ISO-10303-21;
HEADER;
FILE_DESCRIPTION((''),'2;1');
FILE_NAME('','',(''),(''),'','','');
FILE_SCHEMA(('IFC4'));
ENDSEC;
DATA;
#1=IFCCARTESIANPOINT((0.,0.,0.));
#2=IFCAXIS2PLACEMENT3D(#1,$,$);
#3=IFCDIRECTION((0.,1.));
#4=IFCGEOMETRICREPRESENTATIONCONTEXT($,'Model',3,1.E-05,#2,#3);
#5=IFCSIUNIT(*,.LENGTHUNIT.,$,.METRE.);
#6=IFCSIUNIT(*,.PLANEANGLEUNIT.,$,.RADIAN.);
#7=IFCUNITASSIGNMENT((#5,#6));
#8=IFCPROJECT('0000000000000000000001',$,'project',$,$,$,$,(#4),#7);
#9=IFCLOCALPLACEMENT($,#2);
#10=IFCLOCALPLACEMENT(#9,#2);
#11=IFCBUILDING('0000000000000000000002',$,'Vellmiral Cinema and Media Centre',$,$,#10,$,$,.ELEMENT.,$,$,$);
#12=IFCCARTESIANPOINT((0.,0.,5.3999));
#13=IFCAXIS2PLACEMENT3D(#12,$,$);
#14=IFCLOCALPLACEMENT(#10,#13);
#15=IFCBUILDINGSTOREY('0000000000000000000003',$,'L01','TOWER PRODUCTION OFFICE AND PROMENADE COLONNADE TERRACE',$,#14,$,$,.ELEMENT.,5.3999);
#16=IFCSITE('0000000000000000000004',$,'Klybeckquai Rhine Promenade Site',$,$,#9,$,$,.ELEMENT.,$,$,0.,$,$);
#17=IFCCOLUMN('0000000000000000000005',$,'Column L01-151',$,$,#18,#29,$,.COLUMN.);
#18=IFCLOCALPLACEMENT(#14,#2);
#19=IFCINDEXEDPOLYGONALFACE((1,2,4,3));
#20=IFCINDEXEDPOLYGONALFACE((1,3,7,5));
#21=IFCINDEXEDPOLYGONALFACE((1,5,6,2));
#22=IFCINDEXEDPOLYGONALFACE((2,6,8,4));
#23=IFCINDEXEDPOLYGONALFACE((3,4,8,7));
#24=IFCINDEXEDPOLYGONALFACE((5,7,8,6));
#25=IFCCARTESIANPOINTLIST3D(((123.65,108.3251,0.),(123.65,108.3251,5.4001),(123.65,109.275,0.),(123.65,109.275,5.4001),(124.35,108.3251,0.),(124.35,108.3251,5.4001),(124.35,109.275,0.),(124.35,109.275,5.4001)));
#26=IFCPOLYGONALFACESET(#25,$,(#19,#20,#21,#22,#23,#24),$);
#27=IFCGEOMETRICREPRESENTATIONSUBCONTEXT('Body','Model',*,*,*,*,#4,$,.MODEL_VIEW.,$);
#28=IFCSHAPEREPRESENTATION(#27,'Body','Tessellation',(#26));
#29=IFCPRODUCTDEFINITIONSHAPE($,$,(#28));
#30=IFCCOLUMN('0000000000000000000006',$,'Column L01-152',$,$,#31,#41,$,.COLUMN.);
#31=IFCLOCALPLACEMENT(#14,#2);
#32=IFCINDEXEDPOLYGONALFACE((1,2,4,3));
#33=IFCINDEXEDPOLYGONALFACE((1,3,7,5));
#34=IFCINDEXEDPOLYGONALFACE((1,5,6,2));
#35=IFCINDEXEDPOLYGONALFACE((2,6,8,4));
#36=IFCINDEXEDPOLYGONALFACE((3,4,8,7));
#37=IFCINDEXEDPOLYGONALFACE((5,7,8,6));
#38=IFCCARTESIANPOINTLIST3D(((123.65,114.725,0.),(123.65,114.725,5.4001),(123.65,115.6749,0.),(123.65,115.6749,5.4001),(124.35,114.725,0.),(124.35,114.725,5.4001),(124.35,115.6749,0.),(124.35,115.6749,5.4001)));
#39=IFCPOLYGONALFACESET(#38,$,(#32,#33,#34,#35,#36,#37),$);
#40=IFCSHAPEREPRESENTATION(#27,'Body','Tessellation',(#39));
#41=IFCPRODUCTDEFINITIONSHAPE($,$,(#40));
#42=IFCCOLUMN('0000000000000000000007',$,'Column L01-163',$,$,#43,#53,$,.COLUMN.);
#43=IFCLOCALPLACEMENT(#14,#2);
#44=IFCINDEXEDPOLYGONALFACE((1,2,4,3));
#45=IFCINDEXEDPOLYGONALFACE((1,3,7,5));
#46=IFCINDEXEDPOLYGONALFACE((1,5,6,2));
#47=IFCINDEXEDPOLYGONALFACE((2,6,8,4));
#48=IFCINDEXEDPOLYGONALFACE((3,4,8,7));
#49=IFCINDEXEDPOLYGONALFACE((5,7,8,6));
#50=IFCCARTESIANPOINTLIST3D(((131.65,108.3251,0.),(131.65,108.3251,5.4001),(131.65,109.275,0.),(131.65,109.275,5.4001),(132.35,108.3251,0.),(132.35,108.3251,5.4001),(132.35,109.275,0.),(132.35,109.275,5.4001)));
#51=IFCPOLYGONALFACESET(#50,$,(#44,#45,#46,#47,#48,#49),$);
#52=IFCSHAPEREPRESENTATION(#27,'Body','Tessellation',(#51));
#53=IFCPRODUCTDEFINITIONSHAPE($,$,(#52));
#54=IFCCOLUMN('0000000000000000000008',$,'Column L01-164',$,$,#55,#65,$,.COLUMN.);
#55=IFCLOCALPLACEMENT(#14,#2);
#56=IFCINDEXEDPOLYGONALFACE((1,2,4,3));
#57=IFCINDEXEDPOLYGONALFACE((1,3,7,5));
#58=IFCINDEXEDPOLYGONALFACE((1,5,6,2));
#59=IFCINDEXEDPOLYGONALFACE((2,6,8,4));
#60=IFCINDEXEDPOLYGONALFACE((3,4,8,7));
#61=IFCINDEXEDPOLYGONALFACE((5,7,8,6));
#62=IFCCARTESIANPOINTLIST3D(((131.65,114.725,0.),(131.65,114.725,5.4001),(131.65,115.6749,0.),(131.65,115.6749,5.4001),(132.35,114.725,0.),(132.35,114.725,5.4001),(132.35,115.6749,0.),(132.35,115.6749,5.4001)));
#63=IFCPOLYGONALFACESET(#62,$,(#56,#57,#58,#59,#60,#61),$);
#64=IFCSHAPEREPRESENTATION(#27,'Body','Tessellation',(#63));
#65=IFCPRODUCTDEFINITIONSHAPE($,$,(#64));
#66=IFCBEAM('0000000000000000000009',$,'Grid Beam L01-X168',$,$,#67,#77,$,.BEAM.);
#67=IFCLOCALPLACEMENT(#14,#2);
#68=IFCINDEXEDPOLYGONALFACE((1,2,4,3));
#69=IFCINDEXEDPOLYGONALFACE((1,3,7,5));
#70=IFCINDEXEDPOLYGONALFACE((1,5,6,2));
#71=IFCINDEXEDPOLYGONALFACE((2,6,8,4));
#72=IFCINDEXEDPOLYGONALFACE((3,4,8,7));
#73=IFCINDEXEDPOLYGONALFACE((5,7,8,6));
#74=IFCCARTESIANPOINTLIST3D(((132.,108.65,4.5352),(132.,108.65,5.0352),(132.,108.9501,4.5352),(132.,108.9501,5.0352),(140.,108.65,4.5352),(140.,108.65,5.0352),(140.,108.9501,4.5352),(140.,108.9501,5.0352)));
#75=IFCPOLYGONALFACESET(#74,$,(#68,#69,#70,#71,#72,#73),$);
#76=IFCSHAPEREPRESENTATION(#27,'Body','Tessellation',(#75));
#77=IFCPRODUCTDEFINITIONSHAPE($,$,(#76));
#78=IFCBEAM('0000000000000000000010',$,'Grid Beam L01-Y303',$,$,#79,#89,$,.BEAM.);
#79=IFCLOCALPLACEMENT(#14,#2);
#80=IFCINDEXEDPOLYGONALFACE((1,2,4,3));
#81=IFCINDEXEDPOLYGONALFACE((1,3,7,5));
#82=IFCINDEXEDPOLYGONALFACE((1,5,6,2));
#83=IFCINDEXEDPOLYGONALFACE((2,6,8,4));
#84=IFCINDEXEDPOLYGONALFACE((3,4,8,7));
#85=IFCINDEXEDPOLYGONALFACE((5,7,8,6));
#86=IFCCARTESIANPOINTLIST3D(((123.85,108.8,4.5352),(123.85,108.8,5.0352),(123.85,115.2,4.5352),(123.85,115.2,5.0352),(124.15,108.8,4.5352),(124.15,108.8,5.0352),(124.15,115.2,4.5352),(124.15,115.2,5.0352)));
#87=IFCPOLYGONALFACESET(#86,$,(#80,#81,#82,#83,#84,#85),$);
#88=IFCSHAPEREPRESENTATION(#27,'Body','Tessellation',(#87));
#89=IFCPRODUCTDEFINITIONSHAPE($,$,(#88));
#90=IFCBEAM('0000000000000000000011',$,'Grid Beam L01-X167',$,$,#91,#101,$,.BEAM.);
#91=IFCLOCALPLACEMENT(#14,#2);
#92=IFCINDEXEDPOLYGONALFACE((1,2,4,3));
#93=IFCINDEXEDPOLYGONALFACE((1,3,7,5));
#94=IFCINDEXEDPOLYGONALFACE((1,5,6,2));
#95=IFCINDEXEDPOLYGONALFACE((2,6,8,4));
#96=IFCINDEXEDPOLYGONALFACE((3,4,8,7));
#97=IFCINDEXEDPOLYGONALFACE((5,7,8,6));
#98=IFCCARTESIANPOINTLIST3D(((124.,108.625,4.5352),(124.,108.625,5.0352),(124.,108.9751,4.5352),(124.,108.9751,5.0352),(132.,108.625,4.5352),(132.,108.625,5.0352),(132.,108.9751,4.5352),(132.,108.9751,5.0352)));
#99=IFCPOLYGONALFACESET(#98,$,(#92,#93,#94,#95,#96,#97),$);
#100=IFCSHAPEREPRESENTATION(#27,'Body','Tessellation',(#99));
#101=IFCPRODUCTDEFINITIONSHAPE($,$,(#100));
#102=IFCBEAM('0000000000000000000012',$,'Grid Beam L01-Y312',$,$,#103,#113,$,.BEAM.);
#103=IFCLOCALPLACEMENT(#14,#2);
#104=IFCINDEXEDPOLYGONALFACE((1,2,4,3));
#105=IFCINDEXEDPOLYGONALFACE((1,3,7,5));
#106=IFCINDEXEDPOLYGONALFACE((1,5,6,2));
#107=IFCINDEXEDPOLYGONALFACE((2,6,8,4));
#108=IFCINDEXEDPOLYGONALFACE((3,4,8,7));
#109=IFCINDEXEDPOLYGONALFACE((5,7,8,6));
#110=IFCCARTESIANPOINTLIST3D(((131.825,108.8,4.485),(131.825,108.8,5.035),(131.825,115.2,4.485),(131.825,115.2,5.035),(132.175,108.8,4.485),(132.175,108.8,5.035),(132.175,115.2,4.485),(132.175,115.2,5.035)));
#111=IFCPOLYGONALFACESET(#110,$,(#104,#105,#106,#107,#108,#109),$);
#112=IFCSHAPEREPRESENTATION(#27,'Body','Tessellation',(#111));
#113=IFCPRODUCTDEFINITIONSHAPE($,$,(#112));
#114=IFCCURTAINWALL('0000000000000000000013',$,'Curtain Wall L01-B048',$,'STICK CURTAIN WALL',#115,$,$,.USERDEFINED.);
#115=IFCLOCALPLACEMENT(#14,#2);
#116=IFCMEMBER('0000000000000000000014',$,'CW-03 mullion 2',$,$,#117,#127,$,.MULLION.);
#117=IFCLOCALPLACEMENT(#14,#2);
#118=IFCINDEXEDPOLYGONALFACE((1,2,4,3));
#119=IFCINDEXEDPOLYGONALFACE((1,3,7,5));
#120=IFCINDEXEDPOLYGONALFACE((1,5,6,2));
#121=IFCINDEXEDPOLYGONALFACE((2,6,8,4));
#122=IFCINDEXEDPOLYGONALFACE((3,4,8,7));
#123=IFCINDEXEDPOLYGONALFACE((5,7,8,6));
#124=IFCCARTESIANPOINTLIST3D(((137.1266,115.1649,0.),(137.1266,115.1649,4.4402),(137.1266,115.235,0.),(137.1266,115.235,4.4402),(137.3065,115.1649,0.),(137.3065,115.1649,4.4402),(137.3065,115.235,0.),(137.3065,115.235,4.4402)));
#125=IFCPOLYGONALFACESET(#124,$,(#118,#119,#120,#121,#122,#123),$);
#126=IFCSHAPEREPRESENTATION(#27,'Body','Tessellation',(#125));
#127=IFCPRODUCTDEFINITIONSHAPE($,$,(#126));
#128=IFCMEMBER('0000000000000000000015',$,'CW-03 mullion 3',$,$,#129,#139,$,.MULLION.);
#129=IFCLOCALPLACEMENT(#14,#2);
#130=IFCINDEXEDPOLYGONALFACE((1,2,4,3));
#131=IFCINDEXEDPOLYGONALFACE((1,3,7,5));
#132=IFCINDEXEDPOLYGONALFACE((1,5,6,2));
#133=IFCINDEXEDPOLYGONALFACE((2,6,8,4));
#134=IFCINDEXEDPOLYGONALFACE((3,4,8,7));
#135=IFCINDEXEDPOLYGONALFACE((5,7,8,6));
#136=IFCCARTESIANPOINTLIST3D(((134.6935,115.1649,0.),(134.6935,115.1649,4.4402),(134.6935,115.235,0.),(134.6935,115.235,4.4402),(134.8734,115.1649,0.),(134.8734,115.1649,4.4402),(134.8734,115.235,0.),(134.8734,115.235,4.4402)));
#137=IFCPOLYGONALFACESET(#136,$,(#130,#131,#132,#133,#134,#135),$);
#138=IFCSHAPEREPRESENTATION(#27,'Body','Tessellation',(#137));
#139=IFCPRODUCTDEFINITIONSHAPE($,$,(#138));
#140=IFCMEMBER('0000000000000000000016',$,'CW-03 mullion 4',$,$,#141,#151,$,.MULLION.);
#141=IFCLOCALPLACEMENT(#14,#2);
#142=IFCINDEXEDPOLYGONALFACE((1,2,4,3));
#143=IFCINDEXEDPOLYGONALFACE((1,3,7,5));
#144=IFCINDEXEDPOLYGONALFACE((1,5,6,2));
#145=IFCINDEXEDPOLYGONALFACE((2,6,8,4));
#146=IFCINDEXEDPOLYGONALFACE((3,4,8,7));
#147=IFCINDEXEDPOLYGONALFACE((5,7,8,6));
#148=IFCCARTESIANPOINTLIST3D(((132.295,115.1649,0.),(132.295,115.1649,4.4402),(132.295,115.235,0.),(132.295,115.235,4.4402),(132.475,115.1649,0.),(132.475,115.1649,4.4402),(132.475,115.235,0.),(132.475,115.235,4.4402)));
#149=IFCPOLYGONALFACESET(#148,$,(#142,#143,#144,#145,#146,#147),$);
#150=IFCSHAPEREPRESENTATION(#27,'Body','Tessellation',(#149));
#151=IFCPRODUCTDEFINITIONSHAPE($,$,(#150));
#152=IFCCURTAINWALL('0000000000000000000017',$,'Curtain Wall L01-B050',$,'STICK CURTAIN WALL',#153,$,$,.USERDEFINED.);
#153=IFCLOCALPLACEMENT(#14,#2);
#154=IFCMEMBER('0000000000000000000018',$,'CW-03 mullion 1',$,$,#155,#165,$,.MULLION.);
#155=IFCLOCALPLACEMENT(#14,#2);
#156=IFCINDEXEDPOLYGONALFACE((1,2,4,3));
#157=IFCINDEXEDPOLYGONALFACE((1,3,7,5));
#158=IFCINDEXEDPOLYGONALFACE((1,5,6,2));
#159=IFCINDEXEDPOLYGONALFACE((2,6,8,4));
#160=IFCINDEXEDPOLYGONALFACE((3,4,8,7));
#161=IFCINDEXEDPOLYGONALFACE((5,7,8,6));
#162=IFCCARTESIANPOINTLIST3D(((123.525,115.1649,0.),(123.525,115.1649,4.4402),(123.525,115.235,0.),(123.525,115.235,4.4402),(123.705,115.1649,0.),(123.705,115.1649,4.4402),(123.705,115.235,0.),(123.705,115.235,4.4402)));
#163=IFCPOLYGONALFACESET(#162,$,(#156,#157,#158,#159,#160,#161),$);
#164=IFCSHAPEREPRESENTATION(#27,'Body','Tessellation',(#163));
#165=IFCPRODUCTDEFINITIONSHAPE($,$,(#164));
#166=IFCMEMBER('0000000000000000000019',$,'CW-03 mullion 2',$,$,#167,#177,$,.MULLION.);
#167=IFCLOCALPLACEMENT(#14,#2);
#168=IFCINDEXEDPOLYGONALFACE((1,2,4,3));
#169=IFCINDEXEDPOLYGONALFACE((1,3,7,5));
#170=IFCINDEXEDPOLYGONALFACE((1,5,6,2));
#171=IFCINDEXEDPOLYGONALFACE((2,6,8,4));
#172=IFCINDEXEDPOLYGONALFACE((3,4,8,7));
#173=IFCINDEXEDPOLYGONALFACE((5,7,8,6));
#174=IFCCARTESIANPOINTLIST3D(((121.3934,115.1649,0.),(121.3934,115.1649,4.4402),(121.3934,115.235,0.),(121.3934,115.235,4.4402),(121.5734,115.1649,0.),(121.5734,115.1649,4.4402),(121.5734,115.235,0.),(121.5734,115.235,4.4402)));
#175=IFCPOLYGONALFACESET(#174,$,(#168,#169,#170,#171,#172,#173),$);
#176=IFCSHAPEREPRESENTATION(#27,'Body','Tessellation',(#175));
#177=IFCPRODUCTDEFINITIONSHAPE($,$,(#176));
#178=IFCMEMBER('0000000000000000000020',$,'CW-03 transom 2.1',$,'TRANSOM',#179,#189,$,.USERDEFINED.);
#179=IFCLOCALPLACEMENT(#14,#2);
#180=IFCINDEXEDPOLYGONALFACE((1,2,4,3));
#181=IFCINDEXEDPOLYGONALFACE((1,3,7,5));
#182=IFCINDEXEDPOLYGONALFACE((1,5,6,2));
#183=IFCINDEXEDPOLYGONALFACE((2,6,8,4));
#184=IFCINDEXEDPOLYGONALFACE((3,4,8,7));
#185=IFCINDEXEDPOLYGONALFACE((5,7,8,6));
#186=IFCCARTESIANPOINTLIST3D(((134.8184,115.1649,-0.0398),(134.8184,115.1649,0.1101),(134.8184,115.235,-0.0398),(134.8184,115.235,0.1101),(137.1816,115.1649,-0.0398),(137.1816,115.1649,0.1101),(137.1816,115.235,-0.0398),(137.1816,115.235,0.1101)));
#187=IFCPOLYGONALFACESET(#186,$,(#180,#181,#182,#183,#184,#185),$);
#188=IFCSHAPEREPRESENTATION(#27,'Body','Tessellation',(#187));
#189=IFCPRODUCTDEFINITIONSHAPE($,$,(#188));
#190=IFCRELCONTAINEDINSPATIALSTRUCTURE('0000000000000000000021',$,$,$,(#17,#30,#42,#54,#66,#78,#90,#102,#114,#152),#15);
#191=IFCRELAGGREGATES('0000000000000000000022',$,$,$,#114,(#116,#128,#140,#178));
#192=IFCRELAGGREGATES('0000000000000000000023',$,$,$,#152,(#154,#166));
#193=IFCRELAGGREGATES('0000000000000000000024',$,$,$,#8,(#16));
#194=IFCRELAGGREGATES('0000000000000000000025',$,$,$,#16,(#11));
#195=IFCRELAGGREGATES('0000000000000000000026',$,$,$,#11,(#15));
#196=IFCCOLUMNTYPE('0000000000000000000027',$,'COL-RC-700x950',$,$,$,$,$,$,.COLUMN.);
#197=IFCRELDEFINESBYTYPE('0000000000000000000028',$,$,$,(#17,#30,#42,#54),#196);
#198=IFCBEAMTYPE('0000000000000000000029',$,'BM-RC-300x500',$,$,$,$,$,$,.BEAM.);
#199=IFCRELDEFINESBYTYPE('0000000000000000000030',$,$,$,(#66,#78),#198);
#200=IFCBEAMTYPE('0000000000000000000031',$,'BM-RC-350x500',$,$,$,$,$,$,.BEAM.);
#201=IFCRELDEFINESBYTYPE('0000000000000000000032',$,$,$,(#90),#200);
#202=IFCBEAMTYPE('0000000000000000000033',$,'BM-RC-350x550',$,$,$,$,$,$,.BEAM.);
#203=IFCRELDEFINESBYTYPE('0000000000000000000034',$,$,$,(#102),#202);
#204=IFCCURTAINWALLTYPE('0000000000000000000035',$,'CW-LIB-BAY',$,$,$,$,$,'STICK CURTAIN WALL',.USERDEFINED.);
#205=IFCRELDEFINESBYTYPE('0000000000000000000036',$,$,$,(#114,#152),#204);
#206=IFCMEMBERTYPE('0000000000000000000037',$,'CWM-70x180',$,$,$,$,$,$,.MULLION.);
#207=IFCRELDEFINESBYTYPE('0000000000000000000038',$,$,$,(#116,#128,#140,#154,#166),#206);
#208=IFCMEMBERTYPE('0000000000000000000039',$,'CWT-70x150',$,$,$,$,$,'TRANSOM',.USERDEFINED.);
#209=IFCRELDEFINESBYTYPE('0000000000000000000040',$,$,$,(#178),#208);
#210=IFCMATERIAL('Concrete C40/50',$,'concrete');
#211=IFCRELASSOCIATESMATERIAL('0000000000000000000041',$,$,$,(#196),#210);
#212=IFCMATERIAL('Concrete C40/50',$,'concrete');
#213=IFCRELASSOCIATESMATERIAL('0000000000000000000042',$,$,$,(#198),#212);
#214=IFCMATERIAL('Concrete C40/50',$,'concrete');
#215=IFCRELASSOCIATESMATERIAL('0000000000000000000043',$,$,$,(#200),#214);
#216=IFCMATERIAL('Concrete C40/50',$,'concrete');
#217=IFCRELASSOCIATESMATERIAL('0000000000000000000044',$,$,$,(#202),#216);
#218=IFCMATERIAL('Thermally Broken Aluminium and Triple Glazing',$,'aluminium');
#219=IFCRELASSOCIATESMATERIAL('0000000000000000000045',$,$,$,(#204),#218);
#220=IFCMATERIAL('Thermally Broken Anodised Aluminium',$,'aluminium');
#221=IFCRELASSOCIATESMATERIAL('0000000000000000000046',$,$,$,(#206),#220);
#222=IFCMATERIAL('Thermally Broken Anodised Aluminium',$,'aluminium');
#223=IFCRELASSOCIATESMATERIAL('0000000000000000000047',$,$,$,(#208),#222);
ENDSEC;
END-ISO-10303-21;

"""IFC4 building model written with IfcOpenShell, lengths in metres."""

from ifc_helpers import new_model, si_unit, direction, frame, origin, origin_2d, place, context, subcontext, project, spatial, rectangle, extrude, material, material_profile, profile_set, type_object, element, aggregate, save


model = new_model("IFC4")

# Units and contexts
model_context = context("Model", 3, precision=1e-05, world=origin(), true_north=direction((0.0, 1.0)))
body_context = subcontext(model_context, "Body", "Model", "MODEL_VIEW")
ifc_project = project(units=[si_unit("LENGTHUNIT", "METRE"), si_unit("PLANEANGLEUNIT", "RADIAN")], contexts=[model_context])

# Site, building, storey
site_placement = place(None, origin())
site = spatial("IfcSite", under=ifc_project, at=site_placement, Name="Klybeckquai Rhine Promenade Site", CompositionType="ELEMENT", RefElevation=0.0)
building_placement = place(site_placement, origin())
building = spatial("IfcBuilding", under=site, at=building_placement, Name="Vellmiral Cinema and Media Centre", CompositionType="ELEMENT")
storey_placement = place(building_placement, frame((0.0, 0.0, 5.3999)))
storey = spatial("IfcBuildingStorey", under=building, at=storey_placement, Name="L01", Description="TOWER PRODUCTION OFFICE AND PROMENADE COLONNADE TERRACE", CompositionType="ELEMENT", Elevation=5.3999)

# Columns
ifc_material_1 = material(Name="Concrete C40/50", Category="concrete")
ifc_material_profile_1 = material_profile(ifc_material_1, rectangle(XDim=0.7, YDim=0.95, at=origin_2d()), Name="RC 700x950")
ifc_profile_set_1 = profile_set([ifc_material_profile_1], Name="Concrete C40/50")
column_type = type_object("IfcColumnType", Name="COL-RC-700x950", PredefinedType="COLUMN", material=ifc_profile_set_1)
for number, where, z_axis, x_axis, name in (
    (1, (124.0, 108.8, 0.0), (0.0, 0.0, 1.0), (1.0, 0.0, 0.0), "Column L01-151"),
    (2, (124.0, 115.2, 0.0), (0.0, 0.0, 1.0), (1.0, 0.0, 0.0), "Column L01-152"),
    (3, (132.0, 108.8, 0.0), (0.0, 0.0, 1.0), (1.0, 0.0, 0.0), "Column L01-163"),
    (4, (132.0, 115.2, 0.0), (0.0, 0.0, 1.0), (1.0, 0.0, 0.0), "Column L01-164"),
):
    element("IfcColumn", number, at=place(storey_placement, frame(where, z_axis=z_axis, x_axis=x_axis)), inside=storey, type_object=column_type, Name=name, PredefinedType="COLUMN", context=body_context, shape_type="SweptSolid", body=[
        extrude(rectangle(XDim=0.7, YDim=0.95, at=origin_2d()), origin(), (0.0, 0.0, 1.0), 5.4001),
    ])

# Beams
ifc_material_2 = material(Name="Concrete C40/50", Category="concrete")
ifc_material_profile_2 = material_profile(ifc_material_2, rectangle(XDim=0.3, YDim=0.5, at=origin_2d()), Name="RC 300x500")
ifc_profile_set_2 = profile_set([ifc_material_profile_2], Name="Concrete C40/50")
beam_type_1 = type_object("IfcBeamType", Name="BM-RC-300x500", PredefinedType="BEAM", material=ifc_profile_set_2)
beam_1_placement = place(storey_placement, frame((132.0, 108.8, 4.7852), z_axis=(1.0, 0.0, 0.0), x_axis=(0.0, 1.0, 0.0)))
element("IfcBeam", 5, at=beam_1_placement, inside=storey, type_object=beam_type_1, Name="Grid Beam L01-X168", PredefinedType="BEAM", context=body_context, shape_type="SweptSolid", body=[
    extrude(rectangle(XDim=0.3, YDim=0.5, at=origin_2d()), origin(), (0.0, 0.0, 1.0), 8.0),
])
beam_2_placement = place(storey_placement, frame((124.0, 108.8, 4.7852), z_axis=(0.0, 1.0, 0.0), x_axis=(-1.0, 0.0, 0.0)))
element("IfcBeam", 6, at=beam_2_placement, inside=storey, type_object=beam_type_1, Name="Grid Beam L01-Y303", PredefinedType="BEAM", context=body_context, shape_type="SweptSolid", body=[
    extrude(rectangle(XDim=0.3, YDim=0.5, at=origin_2d()), origin(), (0.0, 0.0, 1.0), 6.3999),
])
ifc_material_3 = material(Name="Concrete C40/50", Category="concrete")
ifc_material_profile_3 = material_profile(ifc_material_3, rectangle(XDim=0.3501, YDim=0.5, at=origin_2d()), Name="RC 350x500")
ifc_profile_set_3 = profile_set([ifc_material_profile_3], Name="Concrete C40/50")
beam_type_2 = type_object("IfcBeamType", Name="BM-RC-350x500", PredefinedType="BEAM", material=ifc_profile_set_3)
beam_3_placement = place(storey_placement, frame((124.0, 108.8, 4.7852), z_axis=(1.0, 0.0, 0.0), x_axis=(0.0, 1.0, 0.0)))
element("IfcBeam", 7, at=beam_3_placement, inside=storey, type_object=beam_type_2, Name="Grid Beam L01-X167", PredefinedType="BEAM", context=body_context, shape_type="SweptSolid", body=[
    extrude(rectangle(XDim=0.3501, YDim=0.5, at=origin_2d()), origin(), (0.0, 0.0, 1.0), 8.0),
])
ifc_material_4 = material(Name="Concrete C40/50", Category="concrete")
ifc_material_profile_4 = material_profile(ifc_material_4, rectangle(XDim=0.3501, YDim=0.55, at=origin_2d()), Name="RC 350x550")
ifc_profile_set_4 = profile_set([ifc_material_profile_4], Name="Concrete C40/50")
beam_type_3 = type_object("IfcBeamType", Name="BM-RC-350x550", PredefinedType="BEAM", material=ifc_profile_set_4)
beam_4_placement = place(storey_placement, frame((132.0, 108.8, 4.76), z_axis=(0.0, 1.0, 0.0), x_axis=(-1.0, 0.0, 0.0)))
element("IfcBeam", 8, at=beam_4_placement, inside=storey, type_object=beam_type_3, Name="Grid Beam L01-Y312", PredefinedType="BEAM", context=body_context, shape_type="SweptSolid", body=[
    extrude(rectangle(XDim=0.3501, YDim=0.55, at=origin_2d()), origin(), (0.0, 0.0, 1.0), 6.3999),
])

# Curtain walls, members
ifc_material_5 = material(Name="Thermally Broken Aluminium and Triple Glazing", Category="aluminium")
curtain_wall_type = type_object("IfcCurtainWallType", Name="CW-LIB-BAY", ElementType="STICK CURTAIN WALL", PredefinedType="USERDEFINED", material=ifc_material_5)
curtain_wall_1_placement = place(storey_placement, origin())
curtain_wall_1 = element("IfcCurtainWall", 9, at=curtain_wall_1_placement, inside=storey, type_object=curtain_wall_type, Name="Curtain Wall L01-B048", ObjectType="STICK CURTAIN WALL", PredefinedType="USERDEFINED")
ifc_material_6 = material(Name="Thermally Broken Anodised Aluminium", Category="aluminium")
ifc_material_profile_5 = material_profile(ifc_material_6, rectangle(XDim=0.0701, YDim=0.1799, at=origin_2d()), Name="MULL 70x180")
ifc_profile_set_5 = profile_set([ifc_material_profile_5], Name="Thermally Broken Anodised Aluminium")
member_type_1 = type_object("IfcMemberType", Name="CWM-70x180", PredefinedType="MULLION", material=ifc_profile_set_5)
member_1_placement = place(storey_placement, frame((137.2166, 115.2, 0.0), z_axis=(0.0, 0.0, 1.0), x_axis=(0.0, -1.0, 0.0)))
member_1 = element("IfcMember", 10, at=member_1_placement, type_object=member_type_1, Name="CW-03 mullion 2", PredefinedType="MULLION", context=body_context, shape_type="SweptSolid", body=[
    extrude(rectangle(XDim=0.0701, YDim=0.1799, at=origin_2d()), origin(), (0.0, 0.0, 1.0), 4.4402),
])
member_2_placement = place(storey_placement, frame((134.7834, 115.2, 0.0), z_axis=(0.0, 0.0, 1.0), x_axis=(0.0, -1.0, 0.0)))
member_2 = element("IfcMember", 11, at=member_2_placement, type_object=member_type_1, Name="CW-03 mullion 3", PredefinedType="MULLION", context=body_context, shape_type="SweptSolid", body=[
    extrude(rectangle(XDim=0.0701, YDim=0.1799, at=origin_2d()), origin(), (0.0, 0.0, 1.0), 4.4402),
])
member_3_placement = place(storey_placement, frame((132.385, 115.2, 0.0), z_axis=(0.0, 0.0, 1.0), x_axis=(0.0, -1.0, 0.0)))
member_3 = element("IfcMember", 12, at=member_3_placement, type_object=member_type_1, Name="CW-03 mullion 4", PredefinedType="MULLION", context=body_context, shape_type="SweptSolid", body=[
    extrude(rectangle(XDim=0.0701, YDim=0.1799, at=origin_2d()), origin(), (0.0, 0.0, 1.0), 4.4402),
])
curtain_wall_2_placement = place(storey_placement, origin())
curtain_wall_2 = element("IfcCurtainWall", 13, at=curtain_wall_2_placement, inside=storey, type_object=curtain_wall_type, Name="Curtain Wall L01-B050", ObjectType="STICK CURTAIN WALL", PredefinedType="USERDEFINED")
member_4_placement = place(storey_placement, frame((123.615, 115.2, 0.0), z_axis=(0.0, 0.0, 1.0), x_axis=(0.0, -1.0, 0.0)))
member_4 = element("IfcMember", 14, at=member_4_placement, type_object=member_type_1, Name="CW-03 mullion 1", PredefinedType="MULLION", context=body_context, shape_type="SweptSolid", body=[
    extrude(rectangle(XDim=0.0701, YDim=0.1799, at=origin_2d()), origin(), (0.0, 0.0, 1.0), 4.4402),
])
member_5_placement = place(storey_placement, frame((121.4834, 115.2, 0.0), z_axis=(0.0, 0.0, 1.0), x_axis=(0.0, -1.0, 0.0)))
member_5 = element("IfcMember", 15, at=member_5_placement, type_object=member_type_1, Name="CW-03 mullion 2", PredefinedType="MULLION", context=body_context, shape_type="SweptSolid", body=[
    extrude(rectangle(XDim=0.0701, YDim=0.1799, at=origin_2d()), origin(), (0.0, 0.0, 1.0), 4.4402),
])

# Member
ifc_material_7 = material(Name="Thermally Broken Anodised Aluminium", Category="aluminium")
ifc_material_profile_6 = material_profile(ifc_material_7, rectangle(XDim=0.0701, YDim=0.1499, at=origin_2d()), Name="MULL 70x150")
ifc_profile_set_6 = profile_set([ifc_material_profile_6], Name="Thermally Broken Anodised Aluminium")
member_type_2 = type_object("IfcMemberType", Name="CWT-70x150", ElementType="TRANSOM", PredefinedType="USERDEFINED", material=ifc_profile_set_6)
member_6_placement = place(storey_placement, frame((137.1816, 115.2, 0.0352), z_axis=(-1.0, 0.0, 0.0), x_axis=(0.0, -1.0, 0.0)))
member_6 = element("IfcMember", 16, at=member_6_placement, type_object=member_type_2, Name="CW-03 transom 2.1", ObjectType="TRANSOM", PredefinedType="USERDEFINED", context=body_context, shape_type="SweptSolid", body=[
    extrude(rectangle(XDim=0.0701, YDim=0.1499, at=origin_2d()), origin(), (0.0, 0.0, 1.0), 2.3633),
])

aggregate(curtain_wall_1, [member_1, member_2, member_3, member_6])
aggregate(curtain_wall_2, [member_4, member_5])

save(model, "model.ifc")
